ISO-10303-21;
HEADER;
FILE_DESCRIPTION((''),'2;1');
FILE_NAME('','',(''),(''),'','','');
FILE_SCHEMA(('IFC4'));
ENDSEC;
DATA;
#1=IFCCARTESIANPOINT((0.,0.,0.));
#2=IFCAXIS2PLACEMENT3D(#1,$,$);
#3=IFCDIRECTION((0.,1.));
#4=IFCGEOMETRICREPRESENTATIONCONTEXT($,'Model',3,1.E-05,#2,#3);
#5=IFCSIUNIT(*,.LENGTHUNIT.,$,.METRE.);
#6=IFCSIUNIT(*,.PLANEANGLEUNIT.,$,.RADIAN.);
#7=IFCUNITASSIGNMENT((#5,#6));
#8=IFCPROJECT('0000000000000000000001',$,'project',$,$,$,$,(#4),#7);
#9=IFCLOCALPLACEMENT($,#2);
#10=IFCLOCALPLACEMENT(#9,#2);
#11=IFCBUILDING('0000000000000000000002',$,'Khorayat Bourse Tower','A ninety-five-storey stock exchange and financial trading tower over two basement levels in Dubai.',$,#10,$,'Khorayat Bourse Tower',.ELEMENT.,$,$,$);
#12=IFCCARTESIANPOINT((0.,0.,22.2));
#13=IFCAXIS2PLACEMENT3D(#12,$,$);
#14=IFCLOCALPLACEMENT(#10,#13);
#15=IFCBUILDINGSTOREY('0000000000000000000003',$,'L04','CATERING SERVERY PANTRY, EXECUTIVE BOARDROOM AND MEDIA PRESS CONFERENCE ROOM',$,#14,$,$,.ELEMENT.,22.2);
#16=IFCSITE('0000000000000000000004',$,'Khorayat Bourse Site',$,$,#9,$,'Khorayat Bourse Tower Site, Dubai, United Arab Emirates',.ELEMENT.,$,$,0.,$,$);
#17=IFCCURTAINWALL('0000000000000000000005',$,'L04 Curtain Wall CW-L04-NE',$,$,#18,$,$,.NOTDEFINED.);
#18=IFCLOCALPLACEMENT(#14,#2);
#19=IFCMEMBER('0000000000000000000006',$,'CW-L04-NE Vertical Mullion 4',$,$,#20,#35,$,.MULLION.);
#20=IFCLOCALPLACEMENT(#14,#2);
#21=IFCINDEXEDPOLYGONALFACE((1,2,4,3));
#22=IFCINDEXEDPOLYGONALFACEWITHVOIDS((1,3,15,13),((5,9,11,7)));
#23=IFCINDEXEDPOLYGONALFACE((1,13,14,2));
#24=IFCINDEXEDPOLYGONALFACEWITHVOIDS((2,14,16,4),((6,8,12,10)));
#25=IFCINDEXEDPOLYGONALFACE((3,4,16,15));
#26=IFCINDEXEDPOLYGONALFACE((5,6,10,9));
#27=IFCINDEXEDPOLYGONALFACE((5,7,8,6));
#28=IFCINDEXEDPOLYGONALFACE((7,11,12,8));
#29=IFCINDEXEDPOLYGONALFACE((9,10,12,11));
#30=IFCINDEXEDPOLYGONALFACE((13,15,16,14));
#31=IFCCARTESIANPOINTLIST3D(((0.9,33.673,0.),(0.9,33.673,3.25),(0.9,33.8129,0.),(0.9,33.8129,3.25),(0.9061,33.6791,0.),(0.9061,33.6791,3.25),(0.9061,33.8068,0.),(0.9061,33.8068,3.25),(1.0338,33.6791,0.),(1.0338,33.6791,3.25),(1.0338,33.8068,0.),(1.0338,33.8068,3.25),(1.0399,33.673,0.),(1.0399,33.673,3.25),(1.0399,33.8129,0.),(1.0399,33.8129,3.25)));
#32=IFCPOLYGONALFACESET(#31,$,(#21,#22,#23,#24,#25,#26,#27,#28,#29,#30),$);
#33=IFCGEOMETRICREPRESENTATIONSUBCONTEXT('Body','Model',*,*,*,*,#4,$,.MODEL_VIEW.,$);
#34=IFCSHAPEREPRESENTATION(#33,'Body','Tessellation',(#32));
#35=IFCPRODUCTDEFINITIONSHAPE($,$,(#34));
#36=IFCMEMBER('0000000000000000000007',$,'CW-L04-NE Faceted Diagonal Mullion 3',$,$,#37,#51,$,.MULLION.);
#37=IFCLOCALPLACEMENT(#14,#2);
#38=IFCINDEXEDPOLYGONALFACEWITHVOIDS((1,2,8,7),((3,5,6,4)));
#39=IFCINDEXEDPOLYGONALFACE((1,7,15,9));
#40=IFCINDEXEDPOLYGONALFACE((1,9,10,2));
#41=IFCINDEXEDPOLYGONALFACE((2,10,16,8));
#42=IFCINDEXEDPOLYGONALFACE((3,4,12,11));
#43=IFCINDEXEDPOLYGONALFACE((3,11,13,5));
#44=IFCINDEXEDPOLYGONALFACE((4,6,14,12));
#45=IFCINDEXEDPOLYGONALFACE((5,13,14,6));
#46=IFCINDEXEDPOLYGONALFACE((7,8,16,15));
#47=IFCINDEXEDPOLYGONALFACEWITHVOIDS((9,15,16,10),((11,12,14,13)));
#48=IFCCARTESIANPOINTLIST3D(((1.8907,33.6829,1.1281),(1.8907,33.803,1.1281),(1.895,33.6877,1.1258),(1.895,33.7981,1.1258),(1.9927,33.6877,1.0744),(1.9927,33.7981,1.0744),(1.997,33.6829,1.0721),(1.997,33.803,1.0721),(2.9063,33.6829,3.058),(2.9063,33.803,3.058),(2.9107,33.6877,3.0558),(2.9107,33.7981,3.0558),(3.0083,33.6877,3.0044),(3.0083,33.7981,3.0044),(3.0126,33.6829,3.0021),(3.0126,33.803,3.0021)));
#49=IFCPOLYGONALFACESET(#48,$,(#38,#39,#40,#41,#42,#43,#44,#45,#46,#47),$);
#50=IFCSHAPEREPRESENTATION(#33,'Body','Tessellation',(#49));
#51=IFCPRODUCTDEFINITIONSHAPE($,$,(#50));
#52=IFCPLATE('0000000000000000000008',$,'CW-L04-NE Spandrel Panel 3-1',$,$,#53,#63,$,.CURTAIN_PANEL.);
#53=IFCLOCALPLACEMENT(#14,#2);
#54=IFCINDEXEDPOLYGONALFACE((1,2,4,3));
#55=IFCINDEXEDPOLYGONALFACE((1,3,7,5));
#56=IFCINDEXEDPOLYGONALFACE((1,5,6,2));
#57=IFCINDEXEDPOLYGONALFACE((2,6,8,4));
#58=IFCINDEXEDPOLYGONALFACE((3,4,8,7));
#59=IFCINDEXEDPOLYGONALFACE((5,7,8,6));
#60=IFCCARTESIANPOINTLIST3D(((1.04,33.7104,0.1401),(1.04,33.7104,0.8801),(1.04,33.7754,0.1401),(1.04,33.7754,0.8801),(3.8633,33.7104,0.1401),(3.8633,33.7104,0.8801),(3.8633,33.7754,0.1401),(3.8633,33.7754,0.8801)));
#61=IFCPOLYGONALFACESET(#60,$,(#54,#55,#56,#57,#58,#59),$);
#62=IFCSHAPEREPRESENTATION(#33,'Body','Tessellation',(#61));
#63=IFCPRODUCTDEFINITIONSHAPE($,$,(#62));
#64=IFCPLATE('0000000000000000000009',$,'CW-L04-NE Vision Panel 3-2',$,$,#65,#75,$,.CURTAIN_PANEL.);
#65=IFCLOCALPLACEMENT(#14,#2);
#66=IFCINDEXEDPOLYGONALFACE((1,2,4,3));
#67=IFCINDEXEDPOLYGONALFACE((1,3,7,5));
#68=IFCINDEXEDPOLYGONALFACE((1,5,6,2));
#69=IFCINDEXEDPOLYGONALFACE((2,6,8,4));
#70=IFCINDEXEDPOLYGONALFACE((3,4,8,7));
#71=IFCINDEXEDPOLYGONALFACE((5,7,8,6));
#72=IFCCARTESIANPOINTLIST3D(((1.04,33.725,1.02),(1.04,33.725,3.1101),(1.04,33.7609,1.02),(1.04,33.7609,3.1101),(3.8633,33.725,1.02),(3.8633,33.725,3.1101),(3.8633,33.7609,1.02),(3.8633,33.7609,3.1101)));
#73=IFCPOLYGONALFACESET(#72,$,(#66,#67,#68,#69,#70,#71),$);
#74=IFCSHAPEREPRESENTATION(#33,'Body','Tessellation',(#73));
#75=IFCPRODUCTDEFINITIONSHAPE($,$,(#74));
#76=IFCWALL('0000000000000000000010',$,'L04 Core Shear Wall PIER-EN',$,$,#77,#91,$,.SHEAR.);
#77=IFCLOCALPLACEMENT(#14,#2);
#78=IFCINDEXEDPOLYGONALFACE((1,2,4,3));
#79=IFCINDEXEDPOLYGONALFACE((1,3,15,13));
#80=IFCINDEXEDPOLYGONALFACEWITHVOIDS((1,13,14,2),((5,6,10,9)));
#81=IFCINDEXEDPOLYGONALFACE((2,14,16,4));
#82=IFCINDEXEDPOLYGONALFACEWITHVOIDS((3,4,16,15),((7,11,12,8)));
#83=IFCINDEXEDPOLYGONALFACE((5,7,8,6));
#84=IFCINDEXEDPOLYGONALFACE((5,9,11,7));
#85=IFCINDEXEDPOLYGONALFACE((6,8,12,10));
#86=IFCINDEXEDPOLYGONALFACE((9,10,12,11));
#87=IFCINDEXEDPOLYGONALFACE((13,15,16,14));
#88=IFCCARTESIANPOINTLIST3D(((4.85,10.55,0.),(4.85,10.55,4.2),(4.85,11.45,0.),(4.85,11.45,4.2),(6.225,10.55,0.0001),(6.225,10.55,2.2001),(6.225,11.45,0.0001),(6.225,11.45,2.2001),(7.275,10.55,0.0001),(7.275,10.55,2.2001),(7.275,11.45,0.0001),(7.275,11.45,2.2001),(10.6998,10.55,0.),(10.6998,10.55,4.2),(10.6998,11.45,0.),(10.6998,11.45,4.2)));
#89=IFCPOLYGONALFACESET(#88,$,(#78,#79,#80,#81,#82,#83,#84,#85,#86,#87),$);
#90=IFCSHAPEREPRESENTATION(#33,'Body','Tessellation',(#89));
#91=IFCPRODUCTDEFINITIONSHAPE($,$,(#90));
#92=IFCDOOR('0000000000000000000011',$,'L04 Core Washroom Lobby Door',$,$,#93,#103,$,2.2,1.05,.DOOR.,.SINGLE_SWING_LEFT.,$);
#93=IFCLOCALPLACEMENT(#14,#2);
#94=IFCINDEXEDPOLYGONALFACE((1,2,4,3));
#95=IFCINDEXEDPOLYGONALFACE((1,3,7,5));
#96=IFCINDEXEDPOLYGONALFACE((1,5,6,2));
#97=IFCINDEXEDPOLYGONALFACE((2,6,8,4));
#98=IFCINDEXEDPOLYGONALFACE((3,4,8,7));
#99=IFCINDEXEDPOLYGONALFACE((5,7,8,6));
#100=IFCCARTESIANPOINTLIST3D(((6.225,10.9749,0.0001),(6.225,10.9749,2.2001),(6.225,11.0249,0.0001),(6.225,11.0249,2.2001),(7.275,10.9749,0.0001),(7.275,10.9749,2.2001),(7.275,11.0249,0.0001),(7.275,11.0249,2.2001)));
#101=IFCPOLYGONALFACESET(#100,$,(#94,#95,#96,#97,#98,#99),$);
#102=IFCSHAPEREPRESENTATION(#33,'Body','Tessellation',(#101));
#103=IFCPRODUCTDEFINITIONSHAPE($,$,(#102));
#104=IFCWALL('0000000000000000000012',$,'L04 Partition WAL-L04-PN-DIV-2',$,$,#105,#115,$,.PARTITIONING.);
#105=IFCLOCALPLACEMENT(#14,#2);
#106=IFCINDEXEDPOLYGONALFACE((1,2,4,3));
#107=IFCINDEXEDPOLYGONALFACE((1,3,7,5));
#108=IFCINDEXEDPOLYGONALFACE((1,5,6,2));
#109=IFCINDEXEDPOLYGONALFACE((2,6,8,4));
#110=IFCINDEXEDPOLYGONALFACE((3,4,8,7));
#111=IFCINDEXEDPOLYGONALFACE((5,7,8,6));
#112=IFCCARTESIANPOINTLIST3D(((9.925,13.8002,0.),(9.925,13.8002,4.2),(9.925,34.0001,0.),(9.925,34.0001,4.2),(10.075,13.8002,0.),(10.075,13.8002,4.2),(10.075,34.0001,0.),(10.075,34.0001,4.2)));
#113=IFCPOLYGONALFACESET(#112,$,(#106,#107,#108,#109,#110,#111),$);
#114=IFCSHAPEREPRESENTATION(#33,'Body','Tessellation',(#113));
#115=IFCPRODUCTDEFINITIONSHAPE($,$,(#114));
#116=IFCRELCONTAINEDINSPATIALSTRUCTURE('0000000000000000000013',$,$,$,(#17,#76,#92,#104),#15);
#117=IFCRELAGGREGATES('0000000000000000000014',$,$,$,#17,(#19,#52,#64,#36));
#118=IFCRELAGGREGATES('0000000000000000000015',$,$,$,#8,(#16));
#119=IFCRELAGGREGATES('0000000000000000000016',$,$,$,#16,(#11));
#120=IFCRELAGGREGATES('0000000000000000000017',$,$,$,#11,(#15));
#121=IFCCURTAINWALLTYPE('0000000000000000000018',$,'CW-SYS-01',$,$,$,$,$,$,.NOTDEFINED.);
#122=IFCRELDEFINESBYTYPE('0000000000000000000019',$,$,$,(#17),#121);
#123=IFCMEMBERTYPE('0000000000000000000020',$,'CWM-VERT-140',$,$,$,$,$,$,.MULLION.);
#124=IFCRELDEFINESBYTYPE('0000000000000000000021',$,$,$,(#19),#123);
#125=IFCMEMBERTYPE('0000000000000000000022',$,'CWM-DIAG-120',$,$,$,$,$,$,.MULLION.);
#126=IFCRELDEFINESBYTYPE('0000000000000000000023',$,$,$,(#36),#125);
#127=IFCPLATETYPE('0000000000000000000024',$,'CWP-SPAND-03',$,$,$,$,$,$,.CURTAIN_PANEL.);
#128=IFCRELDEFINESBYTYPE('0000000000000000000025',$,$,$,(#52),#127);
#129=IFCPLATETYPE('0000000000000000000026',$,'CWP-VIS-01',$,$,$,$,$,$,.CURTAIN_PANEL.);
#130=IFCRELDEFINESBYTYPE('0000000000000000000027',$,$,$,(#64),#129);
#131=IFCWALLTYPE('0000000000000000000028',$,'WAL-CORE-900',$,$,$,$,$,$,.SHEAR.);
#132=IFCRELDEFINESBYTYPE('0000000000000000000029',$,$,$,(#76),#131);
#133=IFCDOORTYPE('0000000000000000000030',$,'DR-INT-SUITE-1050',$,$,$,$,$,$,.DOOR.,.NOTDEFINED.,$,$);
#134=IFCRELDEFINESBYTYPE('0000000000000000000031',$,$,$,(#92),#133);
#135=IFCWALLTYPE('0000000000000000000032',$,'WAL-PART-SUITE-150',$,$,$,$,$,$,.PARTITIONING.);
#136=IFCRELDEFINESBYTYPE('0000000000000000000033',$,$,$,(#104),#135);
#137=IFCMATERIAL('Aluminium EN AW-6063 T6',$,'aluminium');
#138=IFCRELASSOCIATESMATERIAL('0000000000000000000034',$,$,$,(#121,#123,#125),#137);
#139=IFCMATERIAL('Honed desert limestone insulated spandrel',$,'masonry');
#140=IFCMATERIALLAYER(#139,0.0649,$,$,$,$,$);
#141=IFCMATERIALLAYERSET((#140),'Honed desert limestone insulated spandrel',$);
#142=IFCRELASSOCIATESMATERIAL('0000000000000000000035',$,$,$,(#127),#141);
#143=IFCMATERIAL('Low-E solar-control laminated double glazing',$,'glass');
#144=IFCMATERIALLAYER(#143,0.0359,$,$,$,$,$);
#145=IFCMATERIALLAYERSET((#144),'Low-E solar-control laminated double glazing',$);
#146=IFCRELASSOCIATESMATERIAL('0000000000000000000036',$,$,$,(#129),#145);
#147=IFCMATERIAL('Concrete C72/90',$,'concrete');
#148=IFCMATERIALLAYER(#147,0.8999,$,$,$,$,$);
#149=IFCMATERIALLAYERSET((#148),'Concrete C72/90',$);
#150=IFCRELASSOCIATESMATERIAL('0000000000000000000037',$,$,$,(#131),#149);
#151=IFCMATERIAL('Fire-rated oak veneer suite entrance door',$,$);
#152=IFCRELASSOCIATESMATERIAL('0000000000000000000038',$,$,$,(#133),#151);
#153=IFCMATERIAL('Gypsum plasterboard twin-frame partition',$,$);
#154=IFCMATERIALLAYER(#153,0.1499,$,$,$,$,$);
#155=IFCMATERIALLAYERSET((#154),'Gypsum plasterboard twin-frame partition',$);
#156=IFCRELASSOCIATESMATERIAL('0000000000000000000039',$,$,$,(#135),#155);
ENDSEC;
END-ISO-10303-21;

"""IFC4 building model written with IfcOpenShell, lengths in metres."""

from ifc_helpers import new_model, si_unit, direction, frame, frame_2d, origin, origin_2d, place, context, subcontext, project, spatial, rectangle, hollow_rectangle, extrude, source, transform, mapped, material, layer, layer_set, material_profile, profile_set, type_object, element, fill, aggregate, save


model = new_model("IFC4")

# Units and contexts
model_context = context("Model", 3, precision=1e-05, world=origin(), true_north=direction((0.0, 1.0)))
body_context = subcontext(model_context, "Body", "Model", "MODEL_VIEW")
ifc_project = project(units=[si_unit("LENGTHUNIT", "METRE"), si_unit("PLANEANGLEUNIT", "RADIAN")], contexts=[model_context])

# Site, building, storey
site_placement = place(None, origin())
site = spatial("IfcSite", under=ifc_project, at=site_placement, Name="Khorayat Bourse Site", LongName="Khorayat Bourse Tower Site, Dubai, United Arab Emirates", CompositionType="ELEMENT", RefElevation=0.0)
building_placement = place(site_placement, origin())
building = spatial("IfcBuilding", under=site, at=building_placement, Name="Khorayat Bourse Tower", Description="A ninety-five-storey stock exchange and financial trading tower over two basement levels in Dubai.", LongName="Khorayat Bourse Tower", CompositionType="ELEMENT")
storey_placement = place(building_placement, frame((0.0, 0.0, 22.2)))
storey = spatial("IfcBuildingStorey", under=building, at=storey_placement, Name="L04", Description="CATERING SERVERY PANTRY, EXECUTIVE BOARDROOM AND MEDIA PRESS CONFERENCE ROOM", CompositionType="ELEMENT", Elevation=22.2)

# Shared definitions
ifc_material_1 = material(Name="Concrete C72/90", Category="concrete")

# Curtain wall
ifc_material_2 = material(Name="Aluminium EN AW-6063 T6", Category="aluminium")
curtain_wall_type = type_object("IfcCurtainWallType", Name="CW-SYS-01", PredefinedType="NOTDEFINED", material=ifc_material_2)
curtain_wall_1_placement = place(storey_placement, origin())
curtain_wall_1 = element("IfcCurtainWall", 1, at=curtain_wall_1_placement, inside=storey, type_object=curtain_wall_type, Name="L04 Curtain Wall CW-L04-NE", PredefinedType="NOTDEFINED")

# Shared definitions
ifc_material_profile_1 = material_profile(ifc_material_2, hollow_rectangle(XDim=0.1399, YDim=0.1399, WallThickness=0.0061, at=origin_2d()), Name="ALU 140x140x6")
ifc_profile_set_1 = profile_set([ifc_material_profile_1], Name="Aluminium EN AW-6063 T6")
member_type_1 = type_object("IfcMemberType", Name="CWM-VERT-140", PredefinedType="MULLION", material=ifc_profile_set_1)
shared_shape_1 = source(origin(), body_context, "Body", "SweptSolid", [
    extrude(hollow_rectangle(XDim=0.1399, YDim=0.1399, WallThickness=0.0061, at=origin_2d()), origin(), (0.0, 0.0, 1.0), 3.25),
])

# Members
member_1_placement = place(storey_placement, frame((0.97, 33.7429, 0.0), z_axis=(0.0, 0.0, 1.0), x_axis=(0.0, -1.0, 0.0)))
member_1 = element("IfcMember", 2, at=member_1_placement, type_object=member_type_1, Name="CW-L04-NE Vertical Mullion 4", PredefinedType="MULLION", context=body_context, shape_type="MappedRepresentation", body=[
    mapped(shared_shape_1, transform((0.0, 0.0, 0.0), scale=1.0)),
])
ifc_material_profile_2 = material_profile(ifc_material_2, hollow_rectangle(XDim=0.1201, YDim=0.1201, WallThickness=0.0049, at=origin_2d()), Name="ALU 120x120x5")
ifc_profile_set_2 = profile_set([ifc_material_profile_2], Name="Aluminium EN AW-6063 T6")
member_type_2 = type_object("IfcMemberType", Name="CWM-DIAG-120", PredefinedType="MULLION", material=ifc_profile_set_2)
shared_shape_2 = source(origin(), body_context, "Body", "SweptSolid", [
    extrude(hollow_rectangle(XDim=0.1201, YDim=0.1201, WallThickness=0.0049, at=origin_2d()), origin(), (0.0, 0.0, 1.0), 2.1809),
])
member_2_placement = place(storey_placement, frame((1.9438, 33.7429, 1.1001), z_axis=(0.4657, 0.0, 0.884943), x_axis=(0.0, 1.0, 0.0)))
member_2 = element("IfcMember", 3, at=member_2_placement, type_object=member_type_2, Name="CW-L04-NE Faceted Diagonal Mullion 3", PredefinedType="MULLION", context=body_context, shape_type="MappedRepresentation", body=[
    mapped(shared_shape_2, transform((0.0, 0.0, 0.0), scale=1.0)),
])

# Plates
ifc_material_3 = material(Name="Honed desert limestone insulated spandrel", Category="masonry")
ifc_layer_1 = layer(ifc_material_3, 0.0649)
ifc_layer_set_1 = layer_set([ifc_layer_1], Name="Honed desert limestone insulated spandrel")
plate_type_1 = type_object("IfcPlateType", Name="CWP-SPAND-03", PredefinedType="CURTAIN_PANEL", material=ifc_layer_set_1)
shared_shape_3 = source(origin(), body_context, "Body", "SweptSolid", [
    extrude(rectangle(XDim=2.8232, YDim=0.0649, at=origin_2d()), origin(), (0.0, 0.0, 1.0), 0.74),
])
plate_1_placement = place(storey_placement, frame((2.4517, 33.7429, 0.1401), z_axis=(0.0, 0.0, 1.0), x_axis=(-1.0, 0.0, 0.0)))
plate_1 = element("IfcPlate", 4, at=plate_1_placement, type_object=plate_type_1, Name="CW-L04-NE Spandrel Panel 3-1", PredefinedType="CURTAIN_PANEL", context=body_context, shape_type="MappedRepresentation", body=[
    mapped(shared_shape_3, transform((0.0, 0.0, 0.0), scale=1.0)),
])
ifc_material_4 = material(Name="Low-E solar-control laminated double glazing", Category="glass")
ifc_layer_2 = layer(ifc_material_4, 0.0359)
ifc_layer_set_2 = layer_set([ifc_layer_2], Name="Low-E solar-control laminated double glazing")
plate_type_2 = type_object("IfcPlateType", Name="CWP-VIS-01", PredefinedType="CURTAIN_PANEL", material=ifc_layer_set_2)
shared_shape_4 = source(origin(), body_context, "Body", "SweptSolid", [
    extrude(rectangle(XDim=2.8232, YDim=0.0359, at=origin_2d()), origin(), (0.0, 0.0, 1.0), 2.0901),
])
plate_2_placement = place(storey_placement, frame((2.4517, 33.7429, 1.02), z_axis=(0.0, 0.0, 1.0), x_axis=(-1.0, 0.0, 0.0)))
plate_2 = element("IfcPlate", 5, at=plate_2_placement, type_object=plate_type_2, Name="CW-L04-NE Vision Panel 3-2", PredefinedType="CURTAIN_PANEL", context=body_context, shape_type="MappedRepresentation", body=[
    mapped(shared_shape_4, transform((0.0, 0.0, 0.0), scale=1.0)),
])
aggregate(curtain_wall_1, [member_1, plate_1, plate_2, member_2])

# Wall, opening, door
ifc_layer_3 = layer(ifc_material_1, 0.8999)
ifc_layer_set_3 = layer_set([ifc_layer_3], Name="Concrete C72/90")
wall_type_1 = type_object("IfcWallType", Name="WAL-CORE-900", PredefinedType="SHEAR", material=ifc_layer_set_3)
shared_shape_5 = source(origin(), body_context, "Body", "SweptSolid", [
    extrude(rectangle(XDim=5.8499, YDim=0.8999, at=frame_2d((2.9248, 0.0))), origin(), (0.0, 0.0, 1.0), 4.2),
])
wall_1_placement = place(storey_placement, frame((4.8501, 11.0, 0.0), z_axis=(0.0, 0.0, 1.0), x_axis=(1.0, 0.0, 0.0)))
wall_1 = element("IfcWall", 6, at=wall_1_placement, inside=storey, type_object=wall_type_1, Name="L04 Core Shear Wall PIER-EN", PredefinedType="SHEAR", context=body_context, shape_type="MappedRepresentation", body=[
    mapped(shared_shape_5, transform((0.0, 0.0, 0.0), scale=1.0)),
])
shared_shape_6 = source(origin(), body_context, "Body", "SweptSolid", [
    extrude(rectangle(XDim=1.05, YDim=2.2, at=frame_2d((0.5249, 1.1001))), frame((0.0, 0.46, 0.0), z_axis=(0.0, -1.0, 0.0), x_axis=(1.0, 0.0, 0.0)), (0.0, 0.0, 1.0), 0.9199),
])
opening_1_placement = place(wall_1_placement, frame((1.375, 0.0, 0.0)))
opening_1 = element("IfcOpeningElement", 7, at=opening_1_placement, cuts=wall_1, PredefinedType="OPENING", context=body_context, shape_type="MappedRepresentation", body=[
    mapped(shared_shape_6, transform((0.0, 0.0, 0.0), scale=1.0)),
])
ifc_material_5 = material(Name="Fire-rated oak veneer suite entrance door")
door_type_1 = type_object("IfcDoorType", Name="DR-INT-SUITE-1050", OperationType="NOTDEFINED", PredefinedType="DOOR", material=ifc_material_5)
shared_shape_7 = source(origin(), body_context, "Body", "SweptSolid", [
    extrude(rectangle(XDim=1.05, YDim=2.2, at=frame_2d((0.5249, 1.1001))), frame((0.0, 0.0249, 0.0), z_axis=(0.0, -1.0, 0.0), x_axis=(1.0, 0.0, 0.0)), (0.0, 0.0, 1.0), 0.05),
])
door_1_placement = place(opening_1_placement, origin())
door_1 = element("IfcDoor", 8, at=door_1_placement, inside=storey, type_object=door_type_1, Name="L04 Core Washroom Lobby Door", OperationType="SINGLE_SWING_LEFT", OverallHeight=2.2, OverallWidth=1.05, PredefinedType="DOOR", context=body_context, shape_type="MappedRepresentation", body=[
    mapped(shared_shape_7, transform((0.0, 0.0, 0.0), scale=1.0)),
])
fill(opening_1, door_1)

# Wall
ifc_material_6 = material(Name="Gypsum plasterboard twin-frame partition")
ifc_layer_4 = layer(ifc_material_6, 0.1499)
ifc_layer_set_4 = layer_set([ifc_layer_4], Name="Gypsum plasterboard twin-frame partition")
wall_type_2 = type_object("IfcWallType", Name="WAL-PART-SUITE-150", PredefinedType="PARTITIONING", material=ifc_layer_set_4)
shared_shape_8 = source(origin(), body_context, "Body", "SweptSolid", [
    extrude(rectangle(XDim=20.2, YDim=0.1499, at=frame_2d((10.1001, 0.0))), origin(), (0.0, 0.0, 1.0), 4.2),
])
wall_2_placement = place(storey_placement, frame((10.0, 13.8, 0.0), z_axis=(0.0, 0.0, 1.0), x_axis=(0.0, 1.0, 0.0)))
element("IfcWall", 9, at=wall_2_placement, inside=storey, type_object=wall_type_2, Name="L04 Partition WAL-L04-PN-DIV-2", PredefinedType="PARTITIONING", context=body_context, shape_type="MappedRepresentation", body=[
    mapped(shared_shape_8, transform((0.0, 0.0, 0.0), scale=1.0)),
])

save(model, "model.ifc")
